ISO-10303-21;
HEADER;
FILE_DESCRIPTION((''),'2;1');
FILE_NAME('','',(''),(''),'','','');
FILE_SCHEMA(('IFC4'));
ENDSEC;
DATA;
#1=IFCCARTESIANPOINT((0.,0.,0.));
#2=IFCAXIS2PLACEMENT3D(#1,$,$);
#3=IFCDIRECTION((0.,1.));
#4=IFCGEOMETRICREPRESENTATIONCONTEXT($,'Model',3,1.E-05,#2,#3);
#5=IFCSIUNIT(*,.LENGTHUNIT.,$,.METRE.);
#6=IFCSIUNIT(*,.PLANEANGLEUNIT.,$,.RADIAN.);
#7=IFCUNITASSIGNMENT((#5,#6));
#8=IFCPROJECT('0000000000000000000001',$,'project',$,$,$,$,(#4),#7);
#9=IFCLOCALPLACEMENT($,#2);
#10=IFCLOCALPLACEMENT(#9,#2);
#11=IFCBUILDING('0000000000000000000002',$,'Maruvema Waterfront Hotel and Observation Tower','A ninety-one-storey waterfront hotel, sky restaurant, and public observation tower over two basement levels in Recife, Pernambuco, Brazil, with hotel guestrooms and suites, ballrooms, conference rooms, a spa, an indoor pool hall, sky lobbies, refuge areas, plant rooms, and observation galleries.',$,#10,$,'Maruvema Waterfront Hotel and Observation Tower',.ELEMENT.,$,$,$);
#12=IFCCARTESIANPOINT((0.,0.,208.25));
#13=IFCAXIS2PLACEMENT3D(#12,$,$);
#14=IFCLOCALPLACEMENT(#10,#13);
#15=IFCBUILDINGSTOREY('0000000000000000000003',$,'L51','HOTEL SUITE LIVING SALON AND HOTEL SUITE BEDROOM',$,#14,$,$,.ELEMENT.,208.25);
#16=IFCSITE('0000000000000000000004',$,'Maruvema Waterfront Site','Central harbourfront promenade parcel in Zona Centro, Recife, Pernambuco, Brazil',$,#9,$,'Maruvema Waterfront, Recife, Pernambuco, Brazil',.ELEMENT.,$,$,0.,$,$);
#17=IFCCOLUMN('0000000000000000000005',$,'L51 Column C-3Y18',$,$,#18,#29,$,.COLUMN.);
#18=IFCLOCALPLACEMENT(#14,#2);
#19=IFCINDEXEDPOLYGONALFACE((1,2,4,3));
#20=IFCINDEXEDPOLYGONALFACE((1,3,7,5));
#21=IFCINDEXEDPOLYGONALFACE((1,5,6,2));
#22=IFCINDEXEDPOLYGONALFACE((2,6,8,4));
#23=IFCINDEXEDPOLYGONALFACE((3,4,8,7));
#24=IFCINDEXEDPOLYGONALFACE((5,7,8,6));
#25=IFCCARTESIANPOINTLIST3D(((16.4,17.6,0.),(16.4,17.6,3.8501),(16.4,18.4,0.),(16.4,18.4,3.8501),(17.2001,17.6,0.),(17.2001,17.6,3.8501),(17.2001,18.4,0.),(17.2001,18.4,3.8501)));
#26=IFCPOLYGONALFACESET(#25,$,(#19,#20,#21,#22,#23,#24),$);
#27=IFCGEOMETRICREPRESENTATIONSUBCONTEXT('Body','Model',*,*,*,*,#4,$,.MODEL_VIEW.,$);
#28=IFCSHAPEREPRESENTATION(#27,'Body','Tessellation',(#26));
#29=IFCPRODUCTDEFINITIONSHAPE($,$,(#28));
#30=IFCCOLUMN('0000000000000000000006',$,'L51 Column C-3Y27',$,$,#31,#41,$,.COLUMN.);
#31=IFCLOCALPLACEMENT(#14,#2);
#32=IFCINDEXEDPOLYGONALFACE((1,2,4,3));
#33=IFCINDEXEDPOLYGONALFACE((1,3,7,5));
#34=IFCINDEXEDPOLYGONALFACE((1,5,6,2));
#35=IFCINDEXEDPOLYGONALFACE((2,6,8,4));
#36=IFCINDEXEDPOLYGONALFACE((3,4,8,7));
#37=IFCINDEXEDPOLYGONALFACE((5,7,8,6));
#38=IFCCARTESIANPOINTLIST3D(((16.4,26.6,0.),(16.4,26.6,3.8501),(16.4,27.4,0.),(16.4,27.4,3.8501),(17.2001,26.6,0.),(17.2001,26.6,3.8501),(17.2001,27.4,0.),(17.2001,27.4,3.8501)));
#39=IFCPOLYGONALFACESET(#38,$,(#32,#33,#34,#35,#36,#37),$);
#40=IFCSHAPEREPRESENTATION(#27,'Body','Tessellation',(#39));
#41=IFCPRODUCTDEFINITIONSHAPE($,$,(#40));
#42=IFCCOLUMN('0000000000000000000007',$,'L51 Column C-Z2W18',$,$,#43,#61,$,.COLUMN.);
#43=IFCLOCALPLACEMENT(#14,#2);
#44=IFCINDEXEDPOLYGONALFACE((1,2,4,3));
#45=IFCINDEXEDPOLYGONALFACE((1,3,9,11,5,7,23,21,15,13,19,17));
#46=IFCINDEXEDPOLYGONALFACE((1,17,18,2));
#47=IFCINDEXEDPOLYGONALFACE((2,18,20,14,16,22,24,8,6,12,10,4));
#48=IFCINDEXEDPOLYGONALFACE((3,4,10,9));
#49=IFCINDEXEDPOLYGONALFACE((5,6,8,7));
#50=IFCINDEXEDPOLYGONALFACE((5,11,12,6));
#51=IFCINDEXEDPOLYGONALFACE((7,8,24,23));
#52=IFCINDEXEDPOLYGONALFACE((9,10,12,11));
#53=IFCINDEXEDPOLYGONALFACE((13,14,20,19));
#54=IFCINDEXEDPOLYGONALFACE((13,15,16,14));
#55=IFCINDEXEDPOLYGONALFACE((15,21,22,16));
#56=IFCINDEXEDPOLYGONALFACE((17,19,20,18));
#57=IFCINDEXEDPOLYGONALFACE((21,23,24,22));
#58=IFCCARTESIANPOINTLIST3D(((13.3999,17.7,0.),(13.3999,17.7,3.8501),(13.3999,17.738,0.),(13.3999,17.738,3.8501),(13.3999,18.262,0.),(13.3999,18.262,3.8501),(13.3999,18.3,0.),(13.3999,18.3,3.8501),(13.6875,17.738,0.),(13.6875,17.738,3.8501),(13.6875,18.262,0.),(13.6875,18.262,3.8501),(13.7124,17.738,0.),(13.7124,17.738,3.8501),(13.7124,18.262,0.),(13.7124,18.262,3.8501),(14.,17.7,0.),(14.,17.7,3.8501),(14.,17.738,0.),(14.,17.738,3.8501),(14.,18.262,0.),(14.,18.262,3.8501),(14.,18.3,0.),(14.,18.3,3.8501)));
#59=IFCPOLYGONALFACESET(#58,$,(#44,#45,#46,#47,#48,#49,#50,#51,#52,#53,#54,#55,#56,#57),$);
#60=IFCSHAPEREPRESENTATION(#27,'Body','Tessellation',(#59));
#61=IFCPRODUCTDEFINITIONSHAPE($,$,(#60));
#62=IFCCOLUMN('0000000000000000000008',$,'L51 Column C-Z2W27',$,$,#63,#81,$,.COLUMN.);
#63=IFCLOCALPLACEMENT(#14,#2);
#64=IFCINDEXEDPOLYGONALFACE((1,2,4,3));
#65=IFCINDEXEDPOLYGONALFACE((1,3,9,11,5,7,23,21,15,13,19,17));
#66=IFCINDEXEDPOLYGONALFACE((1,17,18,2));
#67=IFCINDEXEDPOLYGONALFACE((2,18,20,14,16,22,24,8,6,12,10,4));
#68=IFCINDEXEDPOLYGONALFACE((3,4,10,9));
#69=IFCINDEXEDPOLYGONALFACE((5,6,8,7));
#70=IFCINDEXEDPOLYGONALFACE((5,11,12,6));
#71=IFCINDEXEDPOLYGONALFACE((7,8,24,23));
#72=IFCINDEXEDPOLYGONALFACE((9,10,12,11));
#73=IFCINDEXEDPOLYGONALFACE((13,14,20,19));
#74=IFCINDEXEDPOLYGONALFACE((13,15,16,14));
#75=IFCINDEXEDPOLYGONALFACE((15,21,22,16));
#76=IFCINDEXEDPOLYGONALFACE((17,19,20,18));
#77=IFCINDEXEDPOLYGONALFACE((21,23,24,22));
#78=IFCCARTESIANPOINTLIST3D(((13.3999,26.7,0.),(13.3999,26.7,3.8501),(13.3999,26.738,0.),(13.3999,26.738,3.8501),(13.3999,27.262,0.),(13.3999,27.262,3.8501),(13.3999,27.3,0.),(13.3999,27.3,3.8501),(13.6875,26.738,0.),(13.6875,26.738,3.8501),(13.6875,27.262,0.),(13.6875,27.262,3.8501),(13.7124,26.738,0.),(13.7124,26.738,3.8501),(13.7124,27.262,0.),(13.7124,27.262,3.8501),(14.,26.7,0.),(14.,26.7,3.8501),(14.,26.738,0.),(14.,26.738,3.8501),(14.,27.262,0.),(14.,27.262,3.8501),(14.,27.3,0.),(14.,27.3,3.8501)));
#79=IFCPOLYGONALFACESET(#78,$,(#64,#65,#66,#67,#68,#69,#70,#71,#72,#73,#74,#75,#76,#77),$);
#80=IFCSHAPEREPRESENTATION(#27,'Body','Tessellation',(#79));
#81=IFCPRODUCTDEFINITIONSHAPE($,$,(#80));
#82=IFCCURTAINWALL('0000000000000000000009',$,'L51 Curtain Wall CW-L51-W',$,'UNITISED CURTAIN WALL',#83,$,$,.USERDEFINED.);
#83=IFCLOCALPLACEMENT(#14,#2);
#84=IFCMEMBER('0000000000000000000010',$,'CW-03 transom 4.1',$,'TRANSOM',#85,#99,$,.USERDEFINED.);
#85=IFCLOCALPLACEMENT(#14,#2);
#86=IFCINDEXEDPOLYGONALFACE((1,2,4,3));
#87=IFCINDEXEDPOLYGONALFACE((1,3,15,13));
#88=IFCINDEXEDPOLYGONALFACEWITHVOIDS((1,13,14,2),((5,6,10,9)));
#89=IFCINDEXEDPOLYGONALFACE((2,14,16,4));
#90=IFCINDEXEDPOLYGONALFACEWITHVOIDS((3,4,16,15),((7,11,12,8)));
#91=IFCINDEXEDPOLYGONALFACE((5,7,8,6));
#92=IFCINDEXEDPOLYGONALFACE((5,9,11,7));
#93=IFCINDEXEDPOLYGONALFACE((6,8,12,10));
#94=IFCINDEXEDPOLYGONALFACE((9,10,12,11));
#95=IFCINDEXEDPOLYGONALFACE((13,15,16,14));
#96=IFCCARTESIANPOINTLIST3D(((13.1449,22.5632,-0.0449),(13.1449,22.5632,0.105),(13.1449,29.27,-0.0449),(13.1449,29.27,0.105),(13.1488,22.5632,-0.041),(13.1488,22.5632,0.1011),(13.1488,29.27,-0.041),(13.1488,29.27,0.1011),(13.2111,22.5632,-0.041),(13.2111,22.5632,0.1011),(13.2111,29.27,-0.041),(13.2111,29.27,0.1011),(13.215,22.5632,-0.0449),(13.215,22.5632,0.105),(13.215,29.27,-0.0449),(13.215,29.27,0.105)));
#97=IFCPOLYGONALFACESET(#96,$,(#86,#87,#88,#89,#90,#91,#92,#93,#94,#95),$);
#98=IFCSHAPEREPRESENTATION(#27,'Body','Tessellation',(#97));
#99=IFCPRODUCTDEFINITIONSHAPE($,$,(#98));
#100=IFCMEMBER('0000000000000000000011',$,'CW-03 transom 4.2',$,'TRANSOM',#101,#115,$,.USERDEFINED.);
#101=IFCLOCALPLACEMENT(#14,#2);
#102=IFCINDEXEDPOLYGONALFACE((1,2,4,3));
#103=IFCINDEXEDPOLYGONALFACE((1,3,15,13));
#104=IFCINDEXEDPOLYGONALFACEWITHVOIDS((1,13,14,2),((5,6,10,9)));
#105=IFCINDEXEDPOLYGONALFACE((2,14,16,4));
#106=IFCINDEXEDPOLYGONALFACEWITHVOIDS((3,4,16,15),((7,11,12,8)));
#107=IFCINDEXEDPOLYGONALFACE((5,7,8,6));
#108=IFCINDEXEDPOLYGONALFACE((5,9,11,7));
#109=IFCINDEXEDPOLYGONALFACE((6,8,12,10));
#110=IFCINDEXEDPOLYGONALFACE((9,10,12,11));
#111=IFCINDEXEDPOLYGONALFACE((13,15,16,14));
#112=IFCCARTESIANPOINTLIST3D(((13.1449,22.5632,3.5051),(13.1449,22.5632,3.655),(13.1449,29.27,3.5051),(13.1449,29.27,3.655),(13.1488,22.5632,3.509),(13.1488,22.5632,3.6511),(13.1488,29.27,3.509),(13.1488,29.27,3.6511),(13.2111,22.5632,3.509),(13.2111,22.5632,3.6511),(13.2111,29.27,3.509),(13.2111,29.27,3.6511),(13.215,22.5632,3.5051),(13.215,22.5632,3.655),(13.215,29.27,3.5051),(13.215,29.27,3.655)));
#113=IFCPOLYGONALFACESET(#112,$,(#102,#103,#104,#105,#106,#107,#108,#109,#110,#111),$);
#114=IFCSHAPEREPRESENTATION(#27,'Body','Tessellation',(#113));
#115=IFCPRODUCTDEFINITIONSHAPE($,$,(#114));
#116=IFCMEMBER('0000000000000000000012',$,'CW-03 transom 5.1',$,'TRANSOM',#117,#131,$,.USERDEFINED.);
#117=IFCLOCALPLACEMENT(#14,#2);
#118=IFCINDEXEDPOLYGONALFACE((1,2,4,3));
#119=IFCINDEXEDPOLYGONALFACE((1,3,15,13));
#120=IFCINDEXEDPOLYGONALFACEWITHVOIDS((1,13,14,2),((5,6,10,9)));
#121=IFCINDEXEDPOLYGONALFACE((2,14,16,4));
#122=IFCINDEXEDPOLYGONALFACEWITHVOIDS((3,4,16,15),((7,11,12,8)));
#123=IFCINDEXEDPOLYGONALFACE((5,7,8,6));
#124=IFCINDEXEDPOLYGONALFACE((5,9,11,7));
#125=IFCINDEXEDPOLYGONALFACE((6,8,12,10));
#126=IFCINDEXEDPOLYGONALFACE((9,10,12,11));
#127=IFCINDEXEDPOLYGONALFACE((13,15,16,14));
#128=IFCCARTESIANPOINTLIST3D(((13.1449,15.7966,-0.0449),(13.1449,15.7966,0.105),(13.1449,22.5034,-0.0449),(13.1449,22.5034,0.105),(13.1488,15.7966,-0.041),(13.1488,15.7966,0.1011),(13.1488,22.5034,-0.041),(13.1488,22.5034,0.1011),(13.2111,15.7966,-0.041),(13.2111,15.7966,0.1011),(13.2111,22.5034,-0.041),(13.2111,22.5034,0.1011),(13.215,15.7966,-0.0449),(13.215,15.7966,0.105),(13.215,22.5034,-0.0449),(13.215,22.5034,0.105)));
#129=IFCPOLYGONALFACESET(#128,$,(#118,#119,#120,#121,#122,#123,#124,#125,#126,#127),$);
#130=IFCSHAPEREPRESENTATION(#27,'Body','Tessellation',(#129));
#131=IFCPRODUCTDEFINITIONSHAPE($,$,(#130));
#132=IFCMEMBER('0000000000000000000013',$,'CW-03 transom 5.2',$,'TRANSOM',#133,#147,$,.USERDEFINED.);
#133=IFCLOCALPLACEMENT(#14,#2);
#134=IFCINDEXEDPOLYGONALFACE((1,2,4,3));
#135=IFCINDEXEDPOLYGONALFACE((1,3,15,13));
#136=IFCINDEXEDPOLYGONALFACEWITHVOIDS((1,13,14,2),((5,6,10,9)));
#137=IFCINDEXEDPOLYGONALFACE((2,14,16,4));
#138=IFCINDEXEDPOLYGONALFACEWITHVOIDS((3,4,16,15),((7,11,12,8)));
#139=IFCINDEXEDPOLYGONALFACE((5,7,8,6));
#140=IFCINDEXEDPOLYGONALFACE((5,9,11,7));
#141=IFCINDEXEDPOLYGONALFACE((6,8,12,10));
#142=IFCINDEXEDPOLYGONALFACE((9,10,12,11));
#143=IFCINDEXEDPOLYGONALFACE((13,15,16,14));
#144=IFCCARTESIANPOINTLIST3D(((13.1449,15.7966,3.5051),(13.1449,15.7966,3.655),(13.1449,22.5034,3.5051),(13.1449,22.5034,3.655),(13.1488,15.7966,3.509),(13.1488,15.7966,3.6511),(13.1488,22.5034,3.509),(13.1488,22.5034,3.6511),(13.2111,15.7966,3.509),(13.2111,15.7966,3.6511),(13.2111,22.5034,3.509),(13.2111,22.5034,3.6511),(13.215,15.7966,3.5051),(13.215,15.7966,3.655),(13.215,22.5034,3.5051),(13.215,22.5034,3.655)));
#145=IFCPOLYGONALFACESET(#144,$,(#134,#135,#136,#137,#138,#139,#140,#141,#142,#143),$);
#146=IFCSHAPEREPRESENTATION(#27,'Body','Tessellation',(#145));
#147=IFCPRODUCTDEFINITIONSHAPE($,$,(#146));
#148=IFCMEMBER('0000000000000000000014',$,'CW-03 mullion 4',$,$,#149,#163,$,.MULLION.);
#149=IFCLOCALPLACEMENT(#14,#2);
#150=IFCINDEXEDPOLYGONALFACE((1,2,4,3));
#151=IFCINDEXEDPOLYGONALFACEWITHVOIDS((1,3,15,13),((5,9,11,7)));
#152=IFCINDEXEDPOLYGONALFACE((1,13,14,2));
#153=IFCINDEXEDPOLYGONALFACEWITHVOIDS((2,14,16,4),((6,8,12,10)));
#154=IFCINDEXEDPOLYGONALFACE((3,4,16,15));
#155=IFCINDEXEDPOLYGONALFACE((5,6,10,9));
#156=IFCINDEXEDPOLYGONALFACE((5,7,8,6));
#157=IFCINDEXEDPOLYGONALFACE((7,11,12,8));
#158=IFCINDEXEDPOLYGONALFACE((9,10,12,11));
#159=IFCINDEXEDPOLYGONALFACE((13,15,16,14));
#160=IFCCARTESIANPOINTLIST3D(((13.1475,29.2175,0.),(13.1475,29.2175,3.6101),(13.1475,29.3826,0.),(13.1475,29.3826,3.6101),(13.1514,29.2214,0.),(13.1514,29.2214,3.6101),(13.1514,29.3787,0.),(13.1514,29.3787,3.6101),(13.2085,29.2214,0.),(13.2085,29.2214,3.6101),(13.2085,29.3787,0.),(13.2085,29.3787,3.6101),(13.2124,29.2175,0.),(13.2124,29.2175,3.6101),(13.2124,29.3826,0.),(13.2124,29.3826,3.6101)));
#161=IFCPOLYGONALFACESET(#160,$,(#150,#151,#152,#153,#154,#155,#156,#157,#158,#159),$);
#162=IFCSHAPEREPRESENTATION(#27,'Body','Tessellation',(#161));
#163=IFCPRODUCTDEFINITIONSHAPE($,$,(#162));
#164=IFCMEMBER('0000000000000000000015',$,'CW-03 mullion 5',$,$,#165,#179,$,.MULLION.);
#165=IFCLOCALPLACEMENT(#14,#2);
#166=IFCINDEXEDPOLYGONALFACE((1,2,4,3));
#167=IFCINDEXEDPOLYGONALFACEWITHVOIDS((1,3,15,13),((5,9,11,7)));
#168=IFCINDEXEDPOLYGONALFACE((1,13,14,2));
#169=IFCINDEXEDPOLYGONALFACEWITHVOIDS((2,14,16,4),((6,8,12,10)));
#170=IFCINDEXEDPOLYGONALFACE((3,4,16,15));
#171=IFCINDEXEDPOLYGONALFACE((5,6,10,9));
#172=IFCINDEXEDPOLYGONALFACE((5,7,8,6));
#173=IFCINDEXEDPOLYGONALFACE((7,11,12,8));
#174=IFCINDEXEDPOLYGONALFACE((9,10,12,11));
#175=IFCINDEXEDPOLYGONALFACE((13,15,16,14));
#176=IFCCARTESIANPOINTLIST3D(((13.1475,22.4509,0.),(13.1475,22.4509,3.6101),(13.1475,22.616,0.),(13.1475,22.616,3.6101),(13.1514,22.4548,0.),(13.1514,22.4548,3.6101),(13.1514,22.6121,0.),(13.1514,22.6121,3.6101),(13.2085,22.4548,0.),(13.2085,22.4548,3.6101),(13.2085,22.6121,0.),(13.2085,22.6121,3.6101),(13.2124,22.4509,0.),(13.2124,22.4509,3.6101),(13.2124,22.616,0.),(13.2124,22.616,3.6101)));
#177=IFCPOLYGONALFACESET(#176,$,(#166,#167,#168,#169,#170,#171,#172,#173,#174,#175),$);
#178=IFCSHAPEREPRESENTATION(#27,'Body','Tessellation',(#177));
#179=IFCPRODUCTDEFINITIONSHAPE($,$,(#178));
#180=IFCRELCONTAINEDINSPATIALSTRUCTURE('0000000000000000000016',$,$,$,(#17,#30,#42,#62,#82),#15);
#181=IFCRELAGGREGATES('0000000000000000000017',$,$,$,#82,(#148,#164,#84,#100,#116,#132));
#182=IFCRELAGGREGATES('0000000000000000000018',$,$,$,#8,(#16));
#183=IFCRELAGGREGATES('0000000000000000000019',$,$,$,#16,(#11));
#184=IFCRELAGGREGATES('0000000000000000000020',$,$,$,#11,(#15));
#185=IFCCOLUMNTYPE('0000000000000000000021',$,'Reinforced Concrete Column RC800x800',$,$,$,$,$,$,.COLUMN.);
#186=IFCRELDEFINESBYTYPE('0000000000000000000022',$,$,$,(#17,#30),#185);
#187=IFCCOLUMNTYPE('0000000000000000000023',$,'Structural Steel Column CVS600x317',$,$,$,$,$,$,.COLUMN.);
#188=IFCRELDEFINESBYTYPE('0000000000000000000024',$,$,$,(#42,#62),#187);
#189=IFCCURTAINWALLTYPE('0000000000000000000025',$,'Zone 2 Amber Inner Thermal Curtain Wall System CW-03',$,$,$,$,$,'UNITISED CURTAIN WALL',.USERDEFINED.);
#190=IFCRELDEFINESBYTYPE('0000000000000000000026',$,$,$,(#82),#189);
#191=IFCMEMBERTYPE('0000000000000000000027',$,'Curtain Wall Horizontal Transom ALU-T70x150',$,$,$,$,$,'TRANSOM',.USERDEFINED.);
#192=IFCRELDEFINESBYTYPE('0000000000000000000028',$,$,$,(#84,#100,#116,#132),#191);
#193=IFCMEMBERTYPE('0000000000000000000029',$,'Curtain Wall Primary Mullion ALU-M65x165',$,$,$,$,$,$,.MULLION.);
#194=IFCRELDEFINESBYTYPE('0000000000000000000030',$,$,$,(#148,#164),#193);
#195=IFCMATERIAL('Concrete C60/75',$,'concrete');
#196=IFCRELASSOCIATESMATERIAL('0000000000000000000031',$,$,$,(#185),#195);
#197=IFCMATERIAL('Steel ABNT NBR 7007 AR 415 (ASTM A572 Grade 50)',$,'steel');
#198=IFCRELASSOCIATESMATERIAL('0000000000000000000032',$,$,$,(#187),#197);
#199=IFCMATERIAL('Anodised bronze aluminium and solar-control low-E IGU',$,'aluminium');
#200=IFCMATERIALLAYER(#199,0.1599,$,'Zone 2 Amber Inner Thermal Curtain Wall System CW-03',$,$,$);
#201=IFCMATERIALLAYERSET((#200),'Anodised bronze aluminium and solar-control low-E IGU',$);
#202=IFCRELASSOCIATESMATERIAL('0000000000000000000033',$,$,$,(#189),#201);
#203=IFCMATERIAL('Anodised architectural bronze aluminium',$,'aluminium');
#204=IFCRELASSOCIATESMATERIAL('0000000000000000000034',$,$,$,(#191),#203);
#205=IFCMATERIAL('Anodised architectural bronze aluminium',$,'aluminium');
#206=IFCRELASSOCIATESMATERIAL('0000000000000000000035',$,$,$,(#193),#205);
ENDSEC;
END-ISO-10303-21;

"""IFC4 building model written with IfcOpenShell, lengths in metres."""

from ifc_helpers import new_model, si_unit, direction, frame, origin, origin_2d, place, context, subcontext, project, spatial, rectangle, hollow_rectangle, i_section, extrude, material, layer, layer_set, material_profile, profile_set, type_object, element, aggregate, save


model = new_model("IFC4")

# Units and contexts
model_context = context("Model", 3, precision=1e-05, world=origin(), true_north=direction((0.0, 1.0)))
body_context = subcontext(model_context, "Body", "Model", "MODEL_VIEW")
ifc_project = project(units=[si_unit("LENGTHUNIT", "METRE"), si_unit("PLANEANGLEUNIT", "RADIAN")], contexts=[model_context])

# Site, building, storey
site_placement = place(None, origin())
site = spatial("IfcSite", under=ifc_project, at=site_placement, Name="Maruvema Waterfront Site", Description="Central harbourfront promenade parcel in Zona Centro, Recife, Pernambuco, Brazil", LongName="Maruvema Waterfront, Recife, Pernambuco, Brazil", CompositionType="ELEMENT", RefElevation=0.0)
building_placement = place(site_placement, origin())
building = spatial("IfcBuilding", under=site, at=building_placement, Name="Maruvema Waterfront Hotel and Observation Tower", Description="A ninety-one-storey waterfront hotel, sky restaurant, and public observation tower over two basement levels in Recife, Pernambuco, Brazil, with hotel guestrooms and suites, ballrooms, conference rooms, a spa, an indoor pool hall, sky lobbies, refuge areas, plant rooms, and observation galleries.", LongName="Maruvema Waterfront Hotel and Observation Tower", CompositionType="ELEMENT")
storey_placement = place(building_placement, frame((0.0, 0.0, 208.25)))
storey = spatial("IfcBuildingStorey", under=building, at=storey_placement, Name="L51", Description="HOTEL SUITE LIVING SALON AND HOTEL SUITE BEDROOM", CompositionType="ELEMENT", Elevation=208.25)

# Columns
ifc_material_1 = material(Name="Concrete C60/75", Category="concrete")
ifc_material_profile_1 = material_profile(ifc_material_1, rectangle(XDim=0.8, YDim=0.8, at=origin_2d()), Name="RC800x800")
ifc_profile_set_1 = profile_set([ifc_material_profile_1], Name="Concrete C60/75")
column_type_1 = type_object("IfcColumnType", Name="Reinforced Concrete Column RC800x800", PredefinedType="COLUMN", material=ifc_profile_set_1)
for number, where, z_axis, x_axis, name in (
    (1, (16.8, 18.0, 0.0), (0.0, 0.0, 1.0), (1.0, 0.0, 0.0), "L51 Column C-3Y18"),
    (2, (16.8, 27.0, 0.0), (0.0, 0.0, 1.0), (1.0, 0.0, 0.0), "L51 Column C-3Y27"),
):
    element("IfcColumn", number, at=place(storey_placement, frame(where, z_axis=z_axis, x_axis=x_axis)), inside=storey, type_object=column_type_1, Name=name, PredefinedType="COLUMN", context=body_context, shape_type="SweptSolid", body=[
        extrude(rectangle(XDim=0.8, YDim=0.8, at=origin_2d()), origin(), (0.0, 0.0, 1.0), 3.8501),
    ])
ifc_material_2 = material(Name="Steel ABNT NBR 7007 AR 415 (ASTM A572 Grade 50)", Category="steel")
ifc_material_profile_2 = material_profile(ifc_material_2, i_section(OverallWidth=0.6001, OverallDepth=0.6001, WebThickness=0.0249, FlangeThickness=0.0381, at=origin_2d()), Name="CVS600x317")
ifc_profile_set_2 = profile_set([ifc_material_profile_2], Name="Steel ABNT NBR 7007 AR 415 (ASTM A572 Grade 50)")
column_type_2 = type_object("IfcColumnType", Name="Structural Steel Column CVS600x317", PredefinedType="COLUMN", material=ifc_profile_set_2)
for number, where, z_axis, x_axis, name in (
    (3, (13.7, 18.0, 0.0), (0.0, 0.0, 1.0), (1.0, 0.0, 0.0), "L51 Column C-Z2W18"),
    (4, (13.7, 27.0, 0.0), (0.0, 0.0, 1.0), (1.0, 0.0, 0.0), "L51 Column C-Z2W27"),
):
    element("IfcColumn", number, at=place(storey_placement, frame(where, z_axis=z_axis, x_axis=x_axis)), inside=storey, type_object=column_type_2, Name=name, PredefinedType="COLUMN", context=body_context, shape_type="SweptSolid", body=[
        extrude(i_section(OverallWidth=0.6001, OverallDepth=0.6001, WebThickness=0.0249, FlangeThickness=0.0381, at=origin_2d()), origin(), (0.0, 0.0, 1.0), 3.8501),
    ])

# Curtain wall, members
ifc_material_3 = material(Name="Anodised bronze aluminium and solar-control low-E IGU", Category="aluminium")
ifc_layer_1 = layer(ifc_material_3, 0.1599, Name="Zone 2 Amber Inner Thermal Curtain Wall System CW-03")
ifc_layer_set_1 = layer_set([ifc_layer_1], Name="Anodised bronze aluminium and solar-control low-E IGU")
curtain_wall_type = type_object("IfcCurtainWallType", Name="Zone 2 Amber Inner Thermal Curtain Wall System CW-03", ElementType="UNITISED CURTAIN WALL", PredefinedType="USERDEFINED", material=ifc_layer_set_1)
curtain_wall_placement = place(storey_placement, origin())
curtain_wall = element("IfcCurtainWall", 5, at=curtain_wall_placement, inside=storey, type_object=curtain_wall_type, Name="L51 Curtain Wall CW-L51-W", ObjectType="UNITISED CURTAIN WALL", PredefinedType="USERDEFINED")
ifc_material_4 = material(Name="Anodised architectural bronze aluminium", Category="aluminium")
ifc_material_profile_3 = material_profile(ifc_material_4, hollow_rectangle(XDim=0.0701, YDim=0.1499, WallThickness=0.0039, at=origin_2d()), Name="ALU-T70x150")
ifc_profile_set_3 = profile_set([ifc_material_profile_3], Name="Anodised architectural bronze aluminium")
member_type_1 = type_object("IfcMemberType", Name="Curtain Wall Horizontal Transom ALU-T70x150", ElementType="TRANSOM", PredefinedType="USERDEFINED", material=ifc_profile_set_3)
member_1_placement = place(storey_placement, frame((13.1799, 29.27, 0.03), z_axis=(0.0, -1.0, 0.0), x_axis=(1.0, 0.0, 0.0)))
member_1 = element("IfcMember", 6, at=member_1_placement, type_object=member_type_1, Name="CW-03 transom 4.1", ObjectType="TRANSOM", PredefinedType="USERDEFINED", context=body_context, shape_type="SweptSolid", body=[
    extrude(hollow_rectangle(XDim=0.0701, YDim=0.1499, WallThickness=0.0039, at=origin_2d()), origin(), (0.0, 0.0, 1.0), 6.7068),
])
member_2_placement = place(storey_placement, frame((13.1799, 29.27, 3.5801), z_axis=(0.0, -1.0, 0.0), x_axis=(1.0, 0.0, 0.0)))
member_2 = element("IfcMember", 7, at=member_2_placement, type_object=member_type_1, Name="CW-03 transom 4.2", ObjectType="TRANSOM", PredefinedType="USERDEFINED", context=body_context, shape_type="SweptSolid", body=[
    extrude(hollow_rectangle(XDim=0.0701, YDim=0.1499, WallThickness=0.0039, at=origin_2d()), origin(), (0.0, 0.0, 1.0), 6.7068),
])
member_3_placement = place(storey_placement, frame((13.1799, 22.5034, 0.03), z_axis=(0.0, -1.0, 0.0), x_axis=(1.0, 0.0, 0.0)))
member_3 = element("IfcMember", 8, at=member_3_placement, type_object=member_type_1, Name="CW-03 transom 5.1", ObjectType="TRANSOM", PredefinedType="USERDEFINED", context=body_context, shape_type="SweptSolid", body=[
    extrude(hollow_rectangle(XDim=0.0701, YDim=0.1499, WallThickness=0.0039, at=origin_2d()), origin(), (0.0, 0.0, 1.0), 6.7068),
])
member_4_placement = place(storey_placement, frame((13.1799, 22.5034, 3.5801), z_axis=(0.0, -1.0, 0.0), x_axis=(1.0, 0.0, 0.0)))
member_4 = element("IfcMember", 9, at=member_4_placement, type_object=member_type_1, Name="CW-03 transom 5.2", ObjectType="TRANSOM", PredefinedType="USERDEFINED", context=body_context, shape_type="SweptSolid", body=[
    extrude(hollow_rectangle(XDim=0.0701, YDim=0.1499, WallThickness=0.0039, at=origin_2d()), origin(), (0.0, 0.0, 1.0), 6.7068),
])
ifc_material_5 = material(Name="Anodised architectural bronze aluminium", Category="aluminium")
ifc_material_profile_4 = material_profile(ifc_material_5, hollow_rectangle(XDim=0.0649, YDim=0.165, WallThickness=0.0039, at=origin_2d()), Name="ALU-M65x165")
ifc_profile_set_4 = profile_set([ifc_material_profile_4], Name="Anodised architectural bronze aluminium")
member_type_2 = type_object("IfcMemberType", Name="Curtain Wall Primary Mullion ALU-M65x165", PredefinedType="MULLION", material=ifc_profile_set_4)
member_5_placement = place(storey_placement, frame((13.1799, 29.3, 0.0), z_axis=(0.0, 0.0, 1.0), x_axis=(1.0, 0.0, 0.0)))
member_5 = element("IfcMember", 10, at=member_5_placement, type_object=member_type_2, Name="CW-03 mullion 4", PredefinedType="MULLION", context=body_context, shape_type="SweptSolid", body=[
    extrude(hollow_rectangle(XDim=0.0649, YDim=0.165, WallThickness=0.0039, at=origin_2d()), origin(), (0.0, 0.0, 1.0), 3.6101),
])
member_6_placement = place(storey_placement, frame((13.1799, 22.5334, 0.0), z_axis=(0.0, 0.0, 1.0), x_axis=(1.0, 0.0, 0.0)))
member_6 = element("IfcMember", 11, at=member_6_placement, type_object=member_type_2, Name="CW-03 mullion 5", PredefinedType="MULLION", context=body_context, shape_type="SweptSolid", body=[
    extrude(hollow_rectangle(XDim=0.0649, YDim=0.165, WallThickness=0.0039, at=origin_2d()), origin(), (0.0, 0.0, 1.0), 3.6101),
])

aggregate(curtain_wall, [member_5, member_6, member_1, member_2, member_3, member_4])

save(model, "model.ifc")
